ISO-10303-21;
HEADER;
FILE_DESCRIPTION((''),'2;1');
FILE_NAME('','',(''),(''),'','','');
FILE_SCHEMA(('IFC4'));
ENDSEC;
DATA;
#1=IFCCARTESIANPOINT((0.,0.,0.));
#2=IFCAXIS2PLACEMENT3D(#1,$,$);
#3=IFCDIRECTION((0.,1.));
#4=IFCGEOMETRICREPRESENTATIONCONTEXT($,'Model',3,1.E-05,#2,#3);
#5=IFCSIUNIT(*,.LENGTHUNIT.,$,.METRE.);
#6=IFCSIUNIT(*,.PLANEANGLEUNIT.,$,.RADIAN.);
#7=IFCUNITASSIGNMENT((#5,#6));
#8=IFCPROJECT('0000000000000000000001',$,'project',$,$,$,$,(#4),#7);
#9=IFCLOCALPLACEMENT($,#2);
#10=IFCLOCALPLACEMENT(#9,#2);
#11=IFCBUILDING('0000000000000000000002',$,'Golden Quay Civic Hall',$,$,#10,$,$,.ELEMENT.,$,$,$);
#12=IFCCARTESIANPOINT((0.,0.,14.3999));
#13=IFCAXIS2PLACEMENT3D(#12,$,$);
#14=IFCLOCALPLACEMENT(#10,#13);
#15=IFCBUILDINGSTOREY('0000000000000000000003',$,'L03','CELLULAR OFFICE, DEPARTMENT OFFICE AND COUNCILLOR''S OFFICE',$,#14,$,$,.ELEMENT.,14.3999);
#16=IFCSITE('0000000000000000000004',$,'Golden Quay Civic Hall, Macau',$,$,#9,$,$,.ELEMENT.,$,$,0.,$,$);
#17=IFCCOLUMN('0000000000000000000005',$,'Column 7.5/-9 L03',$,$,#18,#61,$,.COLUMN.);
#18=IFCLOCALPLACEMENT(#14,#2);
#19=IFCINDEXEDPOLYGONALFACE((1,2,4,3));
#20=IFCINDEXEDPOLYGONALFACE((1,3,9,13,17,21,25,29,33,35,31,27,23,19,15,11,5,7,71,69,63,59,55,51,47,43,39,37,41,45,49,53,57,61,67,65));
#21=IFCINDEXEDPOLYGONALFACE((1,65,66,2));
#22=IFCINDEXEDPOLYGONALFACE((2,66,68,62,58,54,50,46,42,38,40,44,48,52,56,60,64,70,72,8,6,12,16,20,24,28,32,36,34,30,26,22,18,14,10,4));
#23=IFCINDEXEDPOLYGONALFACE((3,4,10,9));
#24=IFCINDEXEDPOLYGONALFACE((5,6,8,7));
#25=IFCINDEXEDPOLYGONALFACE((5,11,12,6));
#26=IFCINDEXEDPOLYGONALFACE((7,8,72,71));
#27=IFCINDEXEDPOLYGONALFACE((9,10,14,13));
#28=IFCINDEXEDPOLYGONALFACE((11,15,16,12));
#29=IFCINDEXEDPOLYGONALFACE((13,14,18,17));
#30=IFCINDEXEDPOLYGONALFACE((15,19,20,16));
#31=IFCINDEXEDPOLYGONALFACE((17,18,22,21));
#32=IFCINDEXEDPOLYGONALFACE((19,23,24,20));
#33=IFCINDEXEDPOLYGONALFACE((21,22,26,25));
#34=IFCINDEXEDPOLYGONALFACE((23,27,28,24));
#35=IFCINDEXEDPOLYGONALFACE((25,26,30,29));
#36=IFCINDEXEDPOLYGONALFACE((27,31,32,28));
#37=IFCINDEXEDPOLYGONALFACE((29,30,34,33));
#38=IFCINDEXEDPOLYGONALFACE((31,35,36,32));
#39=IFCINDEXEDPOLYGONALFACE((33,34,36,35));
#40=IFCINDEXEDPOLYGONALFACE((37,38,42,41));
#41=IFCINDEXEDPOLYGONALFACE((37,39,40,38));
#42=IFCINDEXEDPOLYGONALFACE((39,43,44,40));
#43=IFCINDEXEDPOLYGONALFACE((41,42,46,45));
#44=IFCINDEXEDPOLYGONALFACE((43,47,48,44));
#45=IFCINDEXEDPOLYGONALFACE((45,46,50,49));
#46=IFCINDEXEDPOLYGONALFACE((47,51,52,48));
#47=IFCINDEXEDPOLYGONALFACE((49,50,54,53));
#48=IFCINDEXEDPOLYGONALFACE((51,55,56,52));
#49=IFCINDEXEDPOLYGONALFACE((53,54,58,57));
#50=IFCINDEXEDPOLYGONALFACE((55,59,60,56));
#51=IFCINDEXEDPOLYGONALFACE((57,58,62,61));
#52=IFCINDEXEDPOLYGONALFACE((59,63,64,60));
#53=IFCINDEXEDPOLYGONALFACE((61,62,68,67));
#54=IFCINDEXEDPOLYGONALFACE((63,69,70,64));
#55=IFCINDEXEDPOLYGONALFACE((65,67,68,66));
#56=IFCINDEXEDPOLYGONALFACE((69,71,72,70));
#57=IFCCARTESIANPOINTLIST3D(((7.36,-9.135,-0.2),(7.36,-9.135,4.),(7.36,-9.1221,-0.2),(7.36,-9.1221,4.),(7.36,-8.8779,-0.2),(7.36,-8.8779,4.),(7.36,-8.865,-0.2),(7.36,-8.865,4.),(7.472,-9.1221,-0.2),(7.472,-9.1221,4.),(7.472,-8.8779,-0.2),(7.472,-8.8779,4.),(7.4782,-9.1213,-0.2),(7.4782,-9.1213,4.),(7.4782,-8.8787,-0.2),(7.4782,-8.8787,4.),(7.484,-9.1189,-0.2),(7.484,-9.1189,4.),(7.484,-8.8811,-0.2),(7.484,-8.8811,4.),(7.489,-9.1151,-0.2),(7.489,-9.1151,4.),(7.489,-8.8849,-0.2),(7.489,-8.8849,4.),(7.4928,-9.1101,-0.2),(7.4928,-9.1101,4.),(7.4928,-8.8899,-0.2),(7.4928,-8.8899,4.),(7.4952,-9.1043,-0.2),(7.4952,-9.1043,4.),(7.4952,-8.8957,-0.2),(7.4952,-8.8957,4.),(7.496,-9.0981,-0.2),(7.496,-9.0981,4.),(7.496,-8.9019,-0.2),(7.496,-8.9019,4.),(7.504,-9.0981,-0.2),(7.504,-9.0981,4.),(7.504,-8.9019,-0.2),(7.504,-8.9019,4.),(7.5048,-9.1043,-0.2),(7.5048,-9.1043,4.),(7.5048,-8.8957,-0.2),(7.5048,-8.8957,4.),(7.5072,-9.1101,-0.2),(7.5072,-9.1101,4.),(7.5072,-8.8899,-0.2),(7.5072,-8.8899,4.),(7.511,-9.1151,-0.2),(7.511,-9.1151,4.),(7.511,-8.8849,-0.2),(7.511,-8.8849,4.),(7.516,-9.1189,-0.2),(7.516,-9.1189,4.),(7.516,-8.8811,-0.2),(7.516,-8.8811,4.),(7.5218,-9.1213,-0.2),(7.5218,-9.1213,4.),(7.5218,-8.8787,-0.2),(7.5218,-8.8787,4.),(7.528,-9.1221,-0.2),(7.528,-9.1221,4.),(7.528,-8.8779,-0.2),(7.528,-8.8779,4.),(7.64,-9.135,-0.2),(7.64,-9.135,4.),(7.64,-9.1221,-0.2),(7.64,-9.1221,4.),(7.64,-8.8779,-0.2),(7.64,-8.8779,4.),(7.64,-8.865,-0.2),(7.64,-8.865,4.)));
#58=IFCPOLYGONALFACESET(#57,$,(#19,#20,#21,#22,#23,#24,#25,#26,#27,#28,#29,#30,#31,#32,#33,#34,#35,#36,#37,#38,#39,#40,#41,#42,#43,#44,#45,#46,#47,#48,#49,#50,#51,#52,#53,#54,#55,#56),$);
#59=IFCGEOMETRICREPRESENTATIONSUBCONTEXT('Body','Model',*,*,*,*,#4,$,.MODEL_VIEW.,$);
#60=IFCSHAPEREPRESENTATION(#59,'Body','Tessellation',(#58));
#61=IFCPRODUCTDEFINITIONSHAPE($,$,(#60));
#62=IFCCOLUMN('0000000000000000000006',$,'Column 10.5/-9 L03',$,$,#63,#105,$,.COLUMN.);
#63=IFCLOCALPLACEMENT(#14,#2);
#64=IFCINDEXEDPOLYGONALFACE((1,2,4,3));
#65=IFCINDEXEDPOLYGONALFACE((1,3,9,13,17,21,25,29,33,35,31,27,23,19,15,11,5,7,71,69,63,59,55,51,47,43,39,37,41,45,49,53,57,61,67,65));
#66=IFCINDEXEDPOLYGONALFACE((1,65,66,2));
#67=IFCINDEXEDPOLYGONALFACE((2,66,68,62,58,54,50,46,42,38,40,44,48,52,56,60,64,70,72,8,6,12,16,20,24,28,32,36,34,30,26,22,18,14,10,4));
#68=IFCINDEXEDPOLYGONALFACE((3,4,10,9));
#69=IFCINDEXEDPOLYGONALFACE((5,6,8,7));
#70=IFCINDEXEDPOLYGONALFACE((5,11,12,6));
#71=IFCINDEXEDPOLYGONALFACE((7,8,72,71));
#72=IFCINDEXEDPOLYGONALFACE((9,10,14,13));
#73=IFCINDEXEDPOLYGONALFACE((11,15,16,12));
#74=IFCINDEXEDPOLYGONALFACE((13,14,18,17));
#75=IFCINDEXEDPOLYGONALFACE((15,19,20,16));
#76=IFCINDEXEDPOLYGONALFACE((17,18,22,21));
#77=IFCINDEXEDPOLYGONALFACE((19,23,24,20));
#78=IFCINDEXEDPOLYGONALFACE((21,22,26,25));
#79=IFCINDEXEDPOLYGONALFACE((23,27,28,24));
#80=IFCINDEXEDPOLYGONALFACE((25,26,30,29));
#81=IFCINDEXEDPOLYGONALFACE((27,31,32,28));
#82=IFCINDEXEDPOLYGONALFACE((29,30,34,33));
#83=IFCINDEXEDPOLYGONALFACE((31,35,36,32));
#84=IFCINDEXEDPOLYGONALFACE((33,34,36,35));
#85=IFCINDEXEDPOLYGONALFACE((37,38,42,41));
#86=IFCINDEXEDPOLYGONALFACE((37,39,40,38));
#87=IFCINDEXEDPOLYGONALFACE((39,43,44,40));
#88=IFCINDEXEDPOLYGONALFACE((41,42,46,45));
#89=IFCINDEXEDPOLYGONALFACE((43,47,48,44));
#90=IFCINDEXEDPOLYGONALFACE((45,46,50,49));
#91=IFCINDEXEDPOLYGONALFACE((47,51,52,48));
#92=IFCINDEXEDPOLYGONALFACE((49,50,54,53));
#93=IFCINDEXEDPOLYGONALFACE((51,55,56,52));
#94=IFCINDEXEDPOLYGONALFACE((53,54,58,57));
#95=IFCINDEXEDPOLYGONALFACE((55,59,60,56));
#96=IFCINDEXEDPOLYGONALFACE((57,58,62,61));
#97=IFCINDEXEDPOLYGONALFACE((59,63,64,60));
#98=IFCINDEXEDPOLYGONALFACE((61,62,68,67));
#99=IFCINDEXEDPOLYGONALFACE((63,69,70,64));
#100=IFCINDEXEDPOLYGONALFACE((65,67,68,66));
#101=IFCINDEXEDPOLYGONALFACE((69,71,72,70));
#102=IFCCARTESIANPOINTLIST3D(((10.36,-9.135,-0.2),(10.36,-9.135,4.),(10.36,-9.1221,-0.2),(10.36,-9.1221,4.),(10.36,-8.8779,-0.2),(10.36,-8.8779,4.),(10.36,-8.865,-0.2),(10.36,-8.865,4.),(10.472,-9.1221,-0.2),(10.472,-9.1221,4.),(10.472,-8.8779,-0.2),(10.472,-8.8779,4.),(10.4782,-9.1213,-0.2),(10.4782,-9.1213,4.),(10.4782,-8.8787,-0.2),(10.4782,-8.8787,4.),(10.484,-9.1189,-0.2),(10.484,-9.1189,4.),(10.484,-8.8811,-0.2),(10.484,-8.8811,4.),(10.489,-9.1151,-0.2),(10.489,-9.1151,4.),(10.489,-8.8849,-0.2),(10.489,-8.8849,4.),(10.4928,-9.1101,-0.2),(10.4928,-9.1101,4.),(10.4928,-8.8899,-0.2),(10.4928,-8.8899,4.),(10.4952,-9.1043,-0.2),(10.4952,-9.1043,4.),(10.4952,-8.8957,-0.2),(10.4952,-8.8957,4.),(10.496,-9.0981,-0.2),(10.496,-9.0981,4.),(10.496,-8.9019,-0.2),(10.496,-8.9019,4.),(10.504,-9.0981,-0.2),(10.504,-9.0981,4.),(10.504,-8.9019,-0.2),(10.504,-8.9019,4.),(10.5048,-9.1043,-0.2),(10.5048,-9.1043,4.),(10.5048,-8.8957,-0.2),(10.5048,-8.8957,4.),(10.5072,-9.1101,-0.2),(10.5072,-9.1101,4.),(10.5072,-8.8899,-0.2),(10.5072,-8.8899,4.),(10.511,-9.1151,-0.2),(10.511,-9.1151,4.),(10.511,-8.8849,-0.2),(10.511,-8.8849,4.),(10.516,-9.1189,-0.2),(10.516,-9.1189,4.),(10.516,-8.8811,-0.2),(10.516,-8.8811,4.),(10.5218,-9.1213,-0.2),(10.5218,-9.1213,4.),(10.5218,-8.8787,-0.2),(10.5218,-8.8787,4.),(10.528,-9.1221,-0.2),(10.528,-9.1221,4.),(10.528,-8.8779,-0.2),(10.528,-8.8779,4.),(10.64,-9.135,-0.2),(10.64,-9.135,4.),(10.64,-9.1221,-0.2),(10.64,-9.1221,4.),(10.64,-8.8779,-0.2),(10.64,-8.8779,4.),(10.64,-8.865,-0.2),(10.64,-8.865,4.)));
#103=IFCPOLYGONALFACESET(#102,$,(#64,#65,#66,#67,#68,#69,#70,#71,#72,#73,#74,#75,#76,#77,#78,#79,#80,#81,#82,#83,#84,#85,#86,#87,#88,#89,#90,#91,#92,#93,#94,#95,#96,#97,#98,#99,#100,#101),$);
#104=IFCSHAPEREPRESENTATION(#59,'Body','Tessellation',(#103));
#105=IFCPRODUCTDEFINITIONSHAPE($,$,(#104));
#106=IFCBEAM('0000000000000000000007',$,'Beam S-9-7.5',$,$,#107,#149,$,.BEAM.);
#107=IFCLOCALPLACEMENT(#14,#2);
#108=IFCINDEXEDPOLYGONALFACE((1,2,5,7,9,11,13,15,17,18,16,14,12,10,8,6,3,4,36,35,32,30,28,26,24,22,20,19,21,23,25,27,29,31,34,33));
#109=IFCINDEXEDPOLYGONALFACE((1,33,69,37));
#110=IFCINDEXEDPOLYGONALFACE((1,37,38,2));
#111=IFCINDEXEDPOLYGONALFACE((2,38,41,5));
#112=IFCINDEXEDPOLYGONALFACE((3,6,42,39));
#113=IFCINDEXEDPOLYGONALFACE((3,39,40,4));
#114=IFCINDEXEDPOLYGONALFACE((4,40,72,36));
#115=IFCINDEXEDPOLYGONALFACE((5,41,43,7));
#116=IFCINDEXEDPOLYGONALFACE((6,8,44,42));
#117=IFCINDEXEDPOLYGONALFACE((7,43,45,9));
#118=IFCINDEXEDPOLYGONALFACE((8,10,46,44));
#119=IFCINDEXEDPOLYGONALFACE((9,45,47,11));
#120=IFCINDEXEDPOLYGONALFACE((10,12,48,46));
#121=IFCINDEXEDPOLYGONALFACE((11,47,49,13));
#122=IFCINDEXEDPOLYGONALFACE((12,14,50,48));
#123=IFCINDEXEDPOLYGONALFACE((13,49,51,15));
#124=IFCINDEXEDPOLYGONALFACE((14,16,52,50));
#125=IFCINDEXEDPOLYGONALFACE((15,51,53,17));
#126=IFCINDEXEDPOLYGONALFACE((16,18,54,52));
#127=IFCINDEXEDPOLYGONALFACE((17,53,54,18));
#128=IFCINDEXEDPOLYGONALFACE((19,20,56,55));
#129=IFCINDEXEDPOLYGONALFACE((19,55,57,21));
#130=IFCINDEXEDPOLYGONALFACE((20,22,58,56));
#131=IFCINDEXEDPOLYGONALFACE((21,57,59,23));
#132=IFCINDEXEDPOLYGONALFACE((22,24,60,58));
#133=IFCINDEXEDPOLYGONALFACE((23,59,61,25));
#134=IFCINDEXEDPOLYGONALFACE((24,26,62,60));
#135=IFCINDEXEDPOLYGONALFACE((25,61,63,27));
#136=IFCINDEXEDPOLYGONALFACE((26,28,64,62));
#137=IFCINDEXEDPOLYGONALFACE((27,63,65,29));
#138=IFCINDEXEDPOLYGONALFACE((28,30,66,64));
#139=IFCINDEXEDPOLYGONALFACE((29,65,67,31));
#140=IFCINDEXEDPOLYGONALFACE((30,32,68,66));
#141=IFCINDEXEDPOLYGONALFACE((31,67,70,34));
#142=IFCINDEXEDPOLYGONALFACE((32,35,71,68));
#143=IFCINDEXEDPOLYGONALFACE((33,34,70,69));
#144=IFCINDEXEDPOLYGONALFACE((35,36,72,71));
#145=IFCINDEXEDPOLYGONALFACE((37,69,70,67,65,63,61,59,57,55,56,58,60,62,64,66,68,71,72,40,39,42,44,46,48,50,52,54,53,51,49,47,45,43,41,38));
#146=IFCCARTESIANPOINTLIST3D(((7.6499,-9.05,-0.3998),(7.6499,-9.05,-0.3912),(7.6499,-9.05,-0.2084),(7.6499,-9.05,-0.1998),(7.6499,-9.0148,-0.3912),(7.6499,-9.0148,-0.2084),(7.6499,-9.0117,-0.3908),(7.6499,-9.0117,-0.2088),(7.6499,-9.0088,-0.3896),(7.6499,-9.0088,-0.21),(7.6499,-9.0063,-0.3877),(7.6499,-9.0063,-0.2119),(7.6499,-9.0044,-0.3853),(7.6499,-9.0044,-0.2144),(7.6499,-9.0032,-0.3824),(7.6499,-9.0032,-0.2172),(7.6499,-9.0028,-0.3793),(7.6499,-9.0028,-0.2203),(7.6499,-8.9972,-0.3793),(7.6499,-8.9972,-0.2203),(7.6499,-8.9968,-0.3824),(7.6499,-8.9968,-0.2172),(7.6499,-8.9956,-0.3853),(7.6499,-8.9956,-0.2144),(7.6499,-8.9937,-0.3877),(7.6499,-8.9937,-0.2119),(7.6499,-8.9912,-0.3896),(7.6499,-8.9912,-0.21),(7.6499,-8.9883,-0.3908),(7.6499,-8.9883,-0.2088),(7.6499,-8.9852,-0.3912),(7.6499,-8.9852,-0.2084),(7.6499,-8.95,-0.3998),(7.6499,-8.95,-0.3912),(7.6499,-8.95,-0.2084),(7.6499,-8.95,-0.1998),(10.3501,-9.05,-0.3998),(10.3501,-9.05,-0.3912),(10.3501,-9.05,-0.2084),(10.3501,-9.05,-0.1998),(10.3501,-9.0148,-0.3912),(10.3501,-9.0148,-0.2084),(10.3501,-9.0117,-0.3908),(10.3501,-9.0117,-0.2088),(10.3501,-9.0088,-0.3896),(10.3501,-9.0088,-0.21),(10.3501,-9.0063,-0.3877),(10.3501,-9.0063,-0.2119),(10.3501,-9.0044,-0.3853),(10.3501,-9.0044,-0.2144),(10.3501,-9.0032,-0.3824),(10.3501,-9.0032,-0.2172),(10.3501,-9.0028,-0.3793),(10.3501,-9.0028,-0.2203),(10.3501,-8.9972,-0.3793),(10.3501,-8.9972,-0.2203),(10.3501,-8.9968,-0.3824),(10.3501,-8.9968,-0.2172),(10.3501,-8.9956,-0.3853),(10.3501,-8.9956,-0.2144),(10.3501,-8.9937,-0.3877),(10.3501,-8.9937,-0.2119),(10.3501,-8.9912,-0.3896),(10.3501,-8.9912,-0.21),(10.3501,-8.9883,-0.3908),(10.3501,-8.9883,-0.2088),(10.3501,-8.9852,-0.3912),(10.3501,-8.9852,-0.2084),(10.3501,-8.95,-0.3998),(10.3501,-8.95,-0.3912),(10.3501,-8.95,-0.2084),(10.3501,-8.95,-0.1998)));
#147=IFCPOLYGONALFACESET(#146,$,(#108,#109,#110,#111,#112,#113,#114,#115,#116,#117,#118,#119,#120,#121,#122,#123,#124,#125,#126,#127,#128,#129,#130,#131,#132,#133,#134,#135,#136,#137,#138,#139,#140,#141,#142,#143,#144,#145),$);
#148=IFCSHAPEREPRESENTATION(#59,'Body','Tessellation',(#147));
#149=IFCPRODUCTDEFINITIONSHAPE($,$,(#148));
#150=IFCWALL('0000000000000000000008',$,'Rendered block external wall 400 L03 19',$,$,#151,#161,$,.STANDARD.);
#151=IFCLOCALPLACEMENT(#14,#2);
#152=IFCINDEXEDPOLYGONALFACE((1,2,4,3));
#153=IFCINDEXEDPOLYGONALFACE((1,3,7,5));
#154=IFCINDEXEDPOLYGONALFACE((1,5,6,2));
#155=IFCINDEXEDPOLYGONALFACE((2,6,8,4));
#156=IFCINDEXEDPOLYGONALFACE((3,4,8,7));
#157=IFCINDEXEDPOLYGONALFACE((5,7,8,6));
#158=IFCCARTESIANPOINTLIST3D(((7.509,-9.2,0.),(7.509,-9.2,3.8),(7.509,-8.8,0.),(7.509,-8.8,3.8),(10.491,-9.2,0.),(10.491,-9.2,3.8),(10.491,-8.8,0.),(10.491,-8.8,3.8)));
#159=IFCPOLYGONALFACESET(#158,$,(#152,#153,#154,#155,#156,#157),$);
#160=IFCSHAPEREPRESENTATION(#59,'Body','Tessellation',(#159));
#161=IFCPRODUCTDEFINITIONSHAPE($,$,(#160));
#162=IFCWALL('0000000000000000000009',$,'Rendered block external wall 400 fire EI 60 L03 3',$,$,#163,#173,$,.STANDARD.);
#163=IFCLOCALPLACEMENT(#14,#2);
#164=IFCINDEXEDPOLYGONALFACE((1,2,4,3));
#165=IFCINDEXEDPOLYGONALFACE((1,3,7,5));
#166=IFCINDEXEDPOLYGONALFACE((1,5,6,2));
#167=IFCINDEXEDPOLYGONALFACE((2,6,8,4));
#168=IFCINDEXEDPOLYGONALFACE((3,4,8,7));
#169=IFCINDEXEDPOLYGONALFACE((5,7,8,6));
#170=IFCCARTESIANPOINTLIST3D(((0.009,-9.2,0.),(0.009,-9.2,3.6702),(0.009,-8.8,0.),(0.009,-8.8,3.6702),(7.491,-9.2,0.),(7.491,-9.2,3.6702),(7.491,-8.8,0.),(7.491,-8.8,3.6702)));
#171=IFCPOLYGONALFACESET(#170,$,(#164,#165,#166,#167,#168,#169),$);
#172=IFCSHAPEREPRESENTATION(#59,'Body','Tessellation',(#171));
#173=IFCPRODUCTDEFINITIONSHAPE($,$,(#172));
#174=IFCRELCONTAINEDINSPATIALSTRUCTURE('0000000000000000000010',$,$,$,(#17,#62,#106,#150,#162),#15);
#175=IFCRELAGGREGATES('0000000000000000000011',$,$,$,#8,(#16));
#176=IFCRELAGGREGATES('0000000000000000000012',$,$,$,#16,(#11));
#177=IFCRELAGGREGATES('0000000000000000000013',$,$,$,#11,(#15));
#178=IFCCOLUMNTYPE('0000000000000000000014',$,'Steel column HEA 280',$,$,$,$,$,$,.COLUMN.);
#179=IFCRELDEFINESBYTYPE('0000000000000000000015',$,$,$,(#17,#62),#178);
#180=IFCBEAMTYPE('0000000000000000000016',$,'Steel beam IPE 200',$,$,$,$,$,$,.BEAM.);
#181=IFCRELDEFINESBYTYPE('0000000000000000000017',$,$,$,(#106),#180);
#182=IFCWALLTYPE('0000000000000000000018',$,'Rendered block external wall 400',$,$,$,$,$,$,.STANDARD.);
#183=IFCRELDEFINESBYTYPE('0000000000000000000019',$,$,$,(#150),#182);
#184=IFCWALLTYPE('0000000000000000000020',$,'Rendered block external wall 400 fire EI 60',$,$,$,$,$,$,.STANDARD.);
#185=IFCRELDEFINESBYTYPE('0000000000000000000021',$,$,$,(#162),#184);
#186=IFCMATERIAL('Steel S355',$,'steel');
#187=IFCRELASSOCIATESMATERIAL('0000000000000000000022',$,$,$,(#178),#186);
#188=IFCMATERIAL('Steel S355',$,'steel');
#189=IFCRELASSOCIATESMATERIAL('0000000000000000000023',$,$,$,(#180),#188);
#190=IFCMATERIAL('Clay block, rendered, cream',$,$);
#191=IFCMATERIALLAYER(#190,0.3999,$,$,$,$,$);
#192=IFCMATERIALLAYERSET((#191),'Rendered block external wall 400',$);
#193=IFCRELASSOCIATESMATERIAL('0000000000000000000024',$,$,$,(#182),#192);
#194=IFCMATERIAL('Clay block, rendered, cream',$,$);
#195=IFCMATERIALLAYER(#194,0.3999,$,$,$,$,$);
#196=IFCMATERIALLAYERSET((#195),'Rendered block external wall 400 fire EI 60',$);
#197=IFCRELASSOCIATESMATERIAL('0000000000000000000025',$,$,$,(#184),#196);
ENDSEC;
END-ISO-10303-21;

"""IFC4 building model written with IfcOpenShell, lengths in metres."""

from ifc_helpers import new_model, si_unit, direction, frame, frame_2d, origin, origin_2d, place, context, subcontext, project, spatial, rectangle, i_section, extrude, material, layer, layer_set, material_profile, profile_set, type_object, element, save


model = new_model("IFC4")

# Units and contexts
model_context = context("Model", 3, precision=1e-05, world=origin(), true_north=direction((0.0, 1.0)))
body_context = subcontext(model_context, "Body", "Model", "MODEL_VIEW")
ifc_project = project(units=[si_unit("LENGTHUNIT", "METRE"), si_unit("PLANEANGLEUNIT", "RADIAN")], contexts=[model_context])

# Site, building, storey
site_placement = place(None, origin())
site = spatial("IfcSite", under=ifc_project, at=site_placement, Name="Golden Quay Civic Hall, Macau", CompositionType="ELEMENT", RefElevation=0.0)
building_placement = place(site_placement, origin())
building = spatial("IfcBuilding", under=site, at=building_placement, Name="Golden Quay Civic Hall", CompositionType="ELEMENT")
storey_placement = place(building_placement, frame((0.0, 0.0, 14.3999)))
storey = spatial("IfcBuildingStorey", under=building, at=storey_placement, Name="L03", Description="CELLULAR OFFICE, DEPARTMENT OFFICE AND COUNCILLOR'S OFFICE", CompositionType="ELEMENT", Elevation=14.3999)

# Columns
ifc_material_1 = material(Name="Steel S355", Category="steel")
ifc_material_profile_1 = material_profile(ifc_material_1, i_section(OverallWidth=0.28, OverallDepth=0.27, WebThickness=0.0081, FlangeThickness=0.0129, FilletRadius=0.0239, at=origin_2d()), Name="HEA 280")
ifc_profile_set_1 = profile_set([ifc_material_profile_1], Name="Steel S355")
column_type = type_object("IfcColumnType", Name="Steel column HEA 280", PredefinedType="COLUMN", material=ifc_profile_set_1)
for number, where, z_axis, x_axis, name in (
    (1, (7.5, -9.0, -0.2), (0.0, 0.0, 1.0), (1.0, 0.0, 0.0), "Column 7.5/-9 L03"),
    (2, (10.5, -9.0, -0.2), (0.0, 0.0, 1.0), (1.0, 0.0, 0.0), "Column 10.5/-9 L03"),
):
    element("IfcColumn", number, at=place(storey_placement, frame(where, z_axis=z_axis, x_axis=x_axis)), inside=storey, type_object=column_type, Name=name, PredefinedType="COLUMN", context=body_context, shape_type="SweptSolid", body=[
        extrude(i_section(OverallWidth=0.28, OverallDepth=0.27, WebThickness=0.0081, FlangeThickness=0.0129, FilletRadius=0.0239, at=origin_2d()), origin(), (0.0, 0.0, 1.0), 4.2),
    ])

# Beam
ifc_material_2 = material(Name="Steel S355", Category="steel")
ifc_material_profile_2 = material_profile(ifc_material_2, i_section(OverallWidth=0.1001, OverallDepth=0.2, WebThickness=0.0056, FlangeThickness=0.0085, FilletRadius=0.012, at=origin_2d()), Name="IPE 200")
ifc_profile_set_2 = profile_set([ifc_material_profile_2], Name="Steel S355")
beam_type = type_object("IfcBeamType", Name="Steel beam IPE 200", PredefinedType="BEAM", material=ifc_profile_set_2)
beam_placement = place(storey_placement, frame((7.6499, -9.0, -0.2998), z_axis=(1.0, 0.0, 0.0), x_axis=(0.0, 1.0, 0.0)))
element("IfcBeam", 3, at=beam_placement, inside=storey, type_object=beam_type, Name="Beam S-9-7.5", PredefinedType="BEAM", context=body_context, shape_type="SweptSolid", body=[
    extrude(i_section(OverallWidth=0.1001, OverallDepth=0.2, WebThickness=0.0056, FlangeThickness=0.0085, FilletRadius=0.012, at=origin_2d()), origin(), (0.0, 0.0, 1.0), 2.7002),
])

# Walls
ifc_material_3 = material(Name="Clay block, rendered, cream")
ifc_layer_1 = layer(ifc_material_3, 0.3999)
ifc_layer_set_1 = layer_set([ifc_layer_1], Name="Rendered block external wall 400")
wall_type_1 = type_object("IfcWallType", Name="Rendered block external wall 400", PredefinedType="STANDARD", material=ifc_layer_set_1)
wall_1_placement = place(storey_placement, frame((10.491, -9.0, 0.0), z_axis=(0.0, 0.0, 1.0), x_axis=(-1.0, 0.0, 0.0)))
element("IfcWall", 4, at=wall_1_placement, inside=storey, type_object=wall_type_1, Name="Rendered block external wall 400 L03 19", PredefinedType="STANDARD", context=body_context, shape_type="SweptSolid", body=[
    extrude(rectangle(XDim=2.9819, YDim=0.3999, at=frame_2d((1.491, 0.0))), origin(), (0.0, 0.0, 1.0), 3.8),
])
ifc_material_4 = material(Name="Clay block, rendered, cream")
ifc_layer_2 = layer(ifc_material_4, 0.3999)
ifc_layer_set_2 = layer_set([ifc_layer_2], Name="Rendered block external wall 400 fire EI 60")
wall_type_2 = type_object("IfcWallType", Name="Rendered block external wall 400 fire EI 60", PredefinedType="STANDARD", material=ifc_layer_set_2)
wall_2_placement = place(storey_placement, frame((7.491, -9.0, 0.0), z_axis=(0.0, 0.0, 1.0), x_axis=(-1.0, 0.0, 0.0)))
element("IfcWall", 5, at=wall_2_placement, inside=storey, type_object=wall_type_2, Name="Rendered block external wall 400 fire EI 60 L03 3", PredefinedType="STANDARD", context=body_context, shape_type="SweptSolid", body=[
    extrude(rectangle(XDim=7.4819, YDim=0.3999, at=frame_2d((3.741, 0.0))), origin(), (0.0, 0.0, 1.0), 3.6702),
])

save(model, "model.ifc")
